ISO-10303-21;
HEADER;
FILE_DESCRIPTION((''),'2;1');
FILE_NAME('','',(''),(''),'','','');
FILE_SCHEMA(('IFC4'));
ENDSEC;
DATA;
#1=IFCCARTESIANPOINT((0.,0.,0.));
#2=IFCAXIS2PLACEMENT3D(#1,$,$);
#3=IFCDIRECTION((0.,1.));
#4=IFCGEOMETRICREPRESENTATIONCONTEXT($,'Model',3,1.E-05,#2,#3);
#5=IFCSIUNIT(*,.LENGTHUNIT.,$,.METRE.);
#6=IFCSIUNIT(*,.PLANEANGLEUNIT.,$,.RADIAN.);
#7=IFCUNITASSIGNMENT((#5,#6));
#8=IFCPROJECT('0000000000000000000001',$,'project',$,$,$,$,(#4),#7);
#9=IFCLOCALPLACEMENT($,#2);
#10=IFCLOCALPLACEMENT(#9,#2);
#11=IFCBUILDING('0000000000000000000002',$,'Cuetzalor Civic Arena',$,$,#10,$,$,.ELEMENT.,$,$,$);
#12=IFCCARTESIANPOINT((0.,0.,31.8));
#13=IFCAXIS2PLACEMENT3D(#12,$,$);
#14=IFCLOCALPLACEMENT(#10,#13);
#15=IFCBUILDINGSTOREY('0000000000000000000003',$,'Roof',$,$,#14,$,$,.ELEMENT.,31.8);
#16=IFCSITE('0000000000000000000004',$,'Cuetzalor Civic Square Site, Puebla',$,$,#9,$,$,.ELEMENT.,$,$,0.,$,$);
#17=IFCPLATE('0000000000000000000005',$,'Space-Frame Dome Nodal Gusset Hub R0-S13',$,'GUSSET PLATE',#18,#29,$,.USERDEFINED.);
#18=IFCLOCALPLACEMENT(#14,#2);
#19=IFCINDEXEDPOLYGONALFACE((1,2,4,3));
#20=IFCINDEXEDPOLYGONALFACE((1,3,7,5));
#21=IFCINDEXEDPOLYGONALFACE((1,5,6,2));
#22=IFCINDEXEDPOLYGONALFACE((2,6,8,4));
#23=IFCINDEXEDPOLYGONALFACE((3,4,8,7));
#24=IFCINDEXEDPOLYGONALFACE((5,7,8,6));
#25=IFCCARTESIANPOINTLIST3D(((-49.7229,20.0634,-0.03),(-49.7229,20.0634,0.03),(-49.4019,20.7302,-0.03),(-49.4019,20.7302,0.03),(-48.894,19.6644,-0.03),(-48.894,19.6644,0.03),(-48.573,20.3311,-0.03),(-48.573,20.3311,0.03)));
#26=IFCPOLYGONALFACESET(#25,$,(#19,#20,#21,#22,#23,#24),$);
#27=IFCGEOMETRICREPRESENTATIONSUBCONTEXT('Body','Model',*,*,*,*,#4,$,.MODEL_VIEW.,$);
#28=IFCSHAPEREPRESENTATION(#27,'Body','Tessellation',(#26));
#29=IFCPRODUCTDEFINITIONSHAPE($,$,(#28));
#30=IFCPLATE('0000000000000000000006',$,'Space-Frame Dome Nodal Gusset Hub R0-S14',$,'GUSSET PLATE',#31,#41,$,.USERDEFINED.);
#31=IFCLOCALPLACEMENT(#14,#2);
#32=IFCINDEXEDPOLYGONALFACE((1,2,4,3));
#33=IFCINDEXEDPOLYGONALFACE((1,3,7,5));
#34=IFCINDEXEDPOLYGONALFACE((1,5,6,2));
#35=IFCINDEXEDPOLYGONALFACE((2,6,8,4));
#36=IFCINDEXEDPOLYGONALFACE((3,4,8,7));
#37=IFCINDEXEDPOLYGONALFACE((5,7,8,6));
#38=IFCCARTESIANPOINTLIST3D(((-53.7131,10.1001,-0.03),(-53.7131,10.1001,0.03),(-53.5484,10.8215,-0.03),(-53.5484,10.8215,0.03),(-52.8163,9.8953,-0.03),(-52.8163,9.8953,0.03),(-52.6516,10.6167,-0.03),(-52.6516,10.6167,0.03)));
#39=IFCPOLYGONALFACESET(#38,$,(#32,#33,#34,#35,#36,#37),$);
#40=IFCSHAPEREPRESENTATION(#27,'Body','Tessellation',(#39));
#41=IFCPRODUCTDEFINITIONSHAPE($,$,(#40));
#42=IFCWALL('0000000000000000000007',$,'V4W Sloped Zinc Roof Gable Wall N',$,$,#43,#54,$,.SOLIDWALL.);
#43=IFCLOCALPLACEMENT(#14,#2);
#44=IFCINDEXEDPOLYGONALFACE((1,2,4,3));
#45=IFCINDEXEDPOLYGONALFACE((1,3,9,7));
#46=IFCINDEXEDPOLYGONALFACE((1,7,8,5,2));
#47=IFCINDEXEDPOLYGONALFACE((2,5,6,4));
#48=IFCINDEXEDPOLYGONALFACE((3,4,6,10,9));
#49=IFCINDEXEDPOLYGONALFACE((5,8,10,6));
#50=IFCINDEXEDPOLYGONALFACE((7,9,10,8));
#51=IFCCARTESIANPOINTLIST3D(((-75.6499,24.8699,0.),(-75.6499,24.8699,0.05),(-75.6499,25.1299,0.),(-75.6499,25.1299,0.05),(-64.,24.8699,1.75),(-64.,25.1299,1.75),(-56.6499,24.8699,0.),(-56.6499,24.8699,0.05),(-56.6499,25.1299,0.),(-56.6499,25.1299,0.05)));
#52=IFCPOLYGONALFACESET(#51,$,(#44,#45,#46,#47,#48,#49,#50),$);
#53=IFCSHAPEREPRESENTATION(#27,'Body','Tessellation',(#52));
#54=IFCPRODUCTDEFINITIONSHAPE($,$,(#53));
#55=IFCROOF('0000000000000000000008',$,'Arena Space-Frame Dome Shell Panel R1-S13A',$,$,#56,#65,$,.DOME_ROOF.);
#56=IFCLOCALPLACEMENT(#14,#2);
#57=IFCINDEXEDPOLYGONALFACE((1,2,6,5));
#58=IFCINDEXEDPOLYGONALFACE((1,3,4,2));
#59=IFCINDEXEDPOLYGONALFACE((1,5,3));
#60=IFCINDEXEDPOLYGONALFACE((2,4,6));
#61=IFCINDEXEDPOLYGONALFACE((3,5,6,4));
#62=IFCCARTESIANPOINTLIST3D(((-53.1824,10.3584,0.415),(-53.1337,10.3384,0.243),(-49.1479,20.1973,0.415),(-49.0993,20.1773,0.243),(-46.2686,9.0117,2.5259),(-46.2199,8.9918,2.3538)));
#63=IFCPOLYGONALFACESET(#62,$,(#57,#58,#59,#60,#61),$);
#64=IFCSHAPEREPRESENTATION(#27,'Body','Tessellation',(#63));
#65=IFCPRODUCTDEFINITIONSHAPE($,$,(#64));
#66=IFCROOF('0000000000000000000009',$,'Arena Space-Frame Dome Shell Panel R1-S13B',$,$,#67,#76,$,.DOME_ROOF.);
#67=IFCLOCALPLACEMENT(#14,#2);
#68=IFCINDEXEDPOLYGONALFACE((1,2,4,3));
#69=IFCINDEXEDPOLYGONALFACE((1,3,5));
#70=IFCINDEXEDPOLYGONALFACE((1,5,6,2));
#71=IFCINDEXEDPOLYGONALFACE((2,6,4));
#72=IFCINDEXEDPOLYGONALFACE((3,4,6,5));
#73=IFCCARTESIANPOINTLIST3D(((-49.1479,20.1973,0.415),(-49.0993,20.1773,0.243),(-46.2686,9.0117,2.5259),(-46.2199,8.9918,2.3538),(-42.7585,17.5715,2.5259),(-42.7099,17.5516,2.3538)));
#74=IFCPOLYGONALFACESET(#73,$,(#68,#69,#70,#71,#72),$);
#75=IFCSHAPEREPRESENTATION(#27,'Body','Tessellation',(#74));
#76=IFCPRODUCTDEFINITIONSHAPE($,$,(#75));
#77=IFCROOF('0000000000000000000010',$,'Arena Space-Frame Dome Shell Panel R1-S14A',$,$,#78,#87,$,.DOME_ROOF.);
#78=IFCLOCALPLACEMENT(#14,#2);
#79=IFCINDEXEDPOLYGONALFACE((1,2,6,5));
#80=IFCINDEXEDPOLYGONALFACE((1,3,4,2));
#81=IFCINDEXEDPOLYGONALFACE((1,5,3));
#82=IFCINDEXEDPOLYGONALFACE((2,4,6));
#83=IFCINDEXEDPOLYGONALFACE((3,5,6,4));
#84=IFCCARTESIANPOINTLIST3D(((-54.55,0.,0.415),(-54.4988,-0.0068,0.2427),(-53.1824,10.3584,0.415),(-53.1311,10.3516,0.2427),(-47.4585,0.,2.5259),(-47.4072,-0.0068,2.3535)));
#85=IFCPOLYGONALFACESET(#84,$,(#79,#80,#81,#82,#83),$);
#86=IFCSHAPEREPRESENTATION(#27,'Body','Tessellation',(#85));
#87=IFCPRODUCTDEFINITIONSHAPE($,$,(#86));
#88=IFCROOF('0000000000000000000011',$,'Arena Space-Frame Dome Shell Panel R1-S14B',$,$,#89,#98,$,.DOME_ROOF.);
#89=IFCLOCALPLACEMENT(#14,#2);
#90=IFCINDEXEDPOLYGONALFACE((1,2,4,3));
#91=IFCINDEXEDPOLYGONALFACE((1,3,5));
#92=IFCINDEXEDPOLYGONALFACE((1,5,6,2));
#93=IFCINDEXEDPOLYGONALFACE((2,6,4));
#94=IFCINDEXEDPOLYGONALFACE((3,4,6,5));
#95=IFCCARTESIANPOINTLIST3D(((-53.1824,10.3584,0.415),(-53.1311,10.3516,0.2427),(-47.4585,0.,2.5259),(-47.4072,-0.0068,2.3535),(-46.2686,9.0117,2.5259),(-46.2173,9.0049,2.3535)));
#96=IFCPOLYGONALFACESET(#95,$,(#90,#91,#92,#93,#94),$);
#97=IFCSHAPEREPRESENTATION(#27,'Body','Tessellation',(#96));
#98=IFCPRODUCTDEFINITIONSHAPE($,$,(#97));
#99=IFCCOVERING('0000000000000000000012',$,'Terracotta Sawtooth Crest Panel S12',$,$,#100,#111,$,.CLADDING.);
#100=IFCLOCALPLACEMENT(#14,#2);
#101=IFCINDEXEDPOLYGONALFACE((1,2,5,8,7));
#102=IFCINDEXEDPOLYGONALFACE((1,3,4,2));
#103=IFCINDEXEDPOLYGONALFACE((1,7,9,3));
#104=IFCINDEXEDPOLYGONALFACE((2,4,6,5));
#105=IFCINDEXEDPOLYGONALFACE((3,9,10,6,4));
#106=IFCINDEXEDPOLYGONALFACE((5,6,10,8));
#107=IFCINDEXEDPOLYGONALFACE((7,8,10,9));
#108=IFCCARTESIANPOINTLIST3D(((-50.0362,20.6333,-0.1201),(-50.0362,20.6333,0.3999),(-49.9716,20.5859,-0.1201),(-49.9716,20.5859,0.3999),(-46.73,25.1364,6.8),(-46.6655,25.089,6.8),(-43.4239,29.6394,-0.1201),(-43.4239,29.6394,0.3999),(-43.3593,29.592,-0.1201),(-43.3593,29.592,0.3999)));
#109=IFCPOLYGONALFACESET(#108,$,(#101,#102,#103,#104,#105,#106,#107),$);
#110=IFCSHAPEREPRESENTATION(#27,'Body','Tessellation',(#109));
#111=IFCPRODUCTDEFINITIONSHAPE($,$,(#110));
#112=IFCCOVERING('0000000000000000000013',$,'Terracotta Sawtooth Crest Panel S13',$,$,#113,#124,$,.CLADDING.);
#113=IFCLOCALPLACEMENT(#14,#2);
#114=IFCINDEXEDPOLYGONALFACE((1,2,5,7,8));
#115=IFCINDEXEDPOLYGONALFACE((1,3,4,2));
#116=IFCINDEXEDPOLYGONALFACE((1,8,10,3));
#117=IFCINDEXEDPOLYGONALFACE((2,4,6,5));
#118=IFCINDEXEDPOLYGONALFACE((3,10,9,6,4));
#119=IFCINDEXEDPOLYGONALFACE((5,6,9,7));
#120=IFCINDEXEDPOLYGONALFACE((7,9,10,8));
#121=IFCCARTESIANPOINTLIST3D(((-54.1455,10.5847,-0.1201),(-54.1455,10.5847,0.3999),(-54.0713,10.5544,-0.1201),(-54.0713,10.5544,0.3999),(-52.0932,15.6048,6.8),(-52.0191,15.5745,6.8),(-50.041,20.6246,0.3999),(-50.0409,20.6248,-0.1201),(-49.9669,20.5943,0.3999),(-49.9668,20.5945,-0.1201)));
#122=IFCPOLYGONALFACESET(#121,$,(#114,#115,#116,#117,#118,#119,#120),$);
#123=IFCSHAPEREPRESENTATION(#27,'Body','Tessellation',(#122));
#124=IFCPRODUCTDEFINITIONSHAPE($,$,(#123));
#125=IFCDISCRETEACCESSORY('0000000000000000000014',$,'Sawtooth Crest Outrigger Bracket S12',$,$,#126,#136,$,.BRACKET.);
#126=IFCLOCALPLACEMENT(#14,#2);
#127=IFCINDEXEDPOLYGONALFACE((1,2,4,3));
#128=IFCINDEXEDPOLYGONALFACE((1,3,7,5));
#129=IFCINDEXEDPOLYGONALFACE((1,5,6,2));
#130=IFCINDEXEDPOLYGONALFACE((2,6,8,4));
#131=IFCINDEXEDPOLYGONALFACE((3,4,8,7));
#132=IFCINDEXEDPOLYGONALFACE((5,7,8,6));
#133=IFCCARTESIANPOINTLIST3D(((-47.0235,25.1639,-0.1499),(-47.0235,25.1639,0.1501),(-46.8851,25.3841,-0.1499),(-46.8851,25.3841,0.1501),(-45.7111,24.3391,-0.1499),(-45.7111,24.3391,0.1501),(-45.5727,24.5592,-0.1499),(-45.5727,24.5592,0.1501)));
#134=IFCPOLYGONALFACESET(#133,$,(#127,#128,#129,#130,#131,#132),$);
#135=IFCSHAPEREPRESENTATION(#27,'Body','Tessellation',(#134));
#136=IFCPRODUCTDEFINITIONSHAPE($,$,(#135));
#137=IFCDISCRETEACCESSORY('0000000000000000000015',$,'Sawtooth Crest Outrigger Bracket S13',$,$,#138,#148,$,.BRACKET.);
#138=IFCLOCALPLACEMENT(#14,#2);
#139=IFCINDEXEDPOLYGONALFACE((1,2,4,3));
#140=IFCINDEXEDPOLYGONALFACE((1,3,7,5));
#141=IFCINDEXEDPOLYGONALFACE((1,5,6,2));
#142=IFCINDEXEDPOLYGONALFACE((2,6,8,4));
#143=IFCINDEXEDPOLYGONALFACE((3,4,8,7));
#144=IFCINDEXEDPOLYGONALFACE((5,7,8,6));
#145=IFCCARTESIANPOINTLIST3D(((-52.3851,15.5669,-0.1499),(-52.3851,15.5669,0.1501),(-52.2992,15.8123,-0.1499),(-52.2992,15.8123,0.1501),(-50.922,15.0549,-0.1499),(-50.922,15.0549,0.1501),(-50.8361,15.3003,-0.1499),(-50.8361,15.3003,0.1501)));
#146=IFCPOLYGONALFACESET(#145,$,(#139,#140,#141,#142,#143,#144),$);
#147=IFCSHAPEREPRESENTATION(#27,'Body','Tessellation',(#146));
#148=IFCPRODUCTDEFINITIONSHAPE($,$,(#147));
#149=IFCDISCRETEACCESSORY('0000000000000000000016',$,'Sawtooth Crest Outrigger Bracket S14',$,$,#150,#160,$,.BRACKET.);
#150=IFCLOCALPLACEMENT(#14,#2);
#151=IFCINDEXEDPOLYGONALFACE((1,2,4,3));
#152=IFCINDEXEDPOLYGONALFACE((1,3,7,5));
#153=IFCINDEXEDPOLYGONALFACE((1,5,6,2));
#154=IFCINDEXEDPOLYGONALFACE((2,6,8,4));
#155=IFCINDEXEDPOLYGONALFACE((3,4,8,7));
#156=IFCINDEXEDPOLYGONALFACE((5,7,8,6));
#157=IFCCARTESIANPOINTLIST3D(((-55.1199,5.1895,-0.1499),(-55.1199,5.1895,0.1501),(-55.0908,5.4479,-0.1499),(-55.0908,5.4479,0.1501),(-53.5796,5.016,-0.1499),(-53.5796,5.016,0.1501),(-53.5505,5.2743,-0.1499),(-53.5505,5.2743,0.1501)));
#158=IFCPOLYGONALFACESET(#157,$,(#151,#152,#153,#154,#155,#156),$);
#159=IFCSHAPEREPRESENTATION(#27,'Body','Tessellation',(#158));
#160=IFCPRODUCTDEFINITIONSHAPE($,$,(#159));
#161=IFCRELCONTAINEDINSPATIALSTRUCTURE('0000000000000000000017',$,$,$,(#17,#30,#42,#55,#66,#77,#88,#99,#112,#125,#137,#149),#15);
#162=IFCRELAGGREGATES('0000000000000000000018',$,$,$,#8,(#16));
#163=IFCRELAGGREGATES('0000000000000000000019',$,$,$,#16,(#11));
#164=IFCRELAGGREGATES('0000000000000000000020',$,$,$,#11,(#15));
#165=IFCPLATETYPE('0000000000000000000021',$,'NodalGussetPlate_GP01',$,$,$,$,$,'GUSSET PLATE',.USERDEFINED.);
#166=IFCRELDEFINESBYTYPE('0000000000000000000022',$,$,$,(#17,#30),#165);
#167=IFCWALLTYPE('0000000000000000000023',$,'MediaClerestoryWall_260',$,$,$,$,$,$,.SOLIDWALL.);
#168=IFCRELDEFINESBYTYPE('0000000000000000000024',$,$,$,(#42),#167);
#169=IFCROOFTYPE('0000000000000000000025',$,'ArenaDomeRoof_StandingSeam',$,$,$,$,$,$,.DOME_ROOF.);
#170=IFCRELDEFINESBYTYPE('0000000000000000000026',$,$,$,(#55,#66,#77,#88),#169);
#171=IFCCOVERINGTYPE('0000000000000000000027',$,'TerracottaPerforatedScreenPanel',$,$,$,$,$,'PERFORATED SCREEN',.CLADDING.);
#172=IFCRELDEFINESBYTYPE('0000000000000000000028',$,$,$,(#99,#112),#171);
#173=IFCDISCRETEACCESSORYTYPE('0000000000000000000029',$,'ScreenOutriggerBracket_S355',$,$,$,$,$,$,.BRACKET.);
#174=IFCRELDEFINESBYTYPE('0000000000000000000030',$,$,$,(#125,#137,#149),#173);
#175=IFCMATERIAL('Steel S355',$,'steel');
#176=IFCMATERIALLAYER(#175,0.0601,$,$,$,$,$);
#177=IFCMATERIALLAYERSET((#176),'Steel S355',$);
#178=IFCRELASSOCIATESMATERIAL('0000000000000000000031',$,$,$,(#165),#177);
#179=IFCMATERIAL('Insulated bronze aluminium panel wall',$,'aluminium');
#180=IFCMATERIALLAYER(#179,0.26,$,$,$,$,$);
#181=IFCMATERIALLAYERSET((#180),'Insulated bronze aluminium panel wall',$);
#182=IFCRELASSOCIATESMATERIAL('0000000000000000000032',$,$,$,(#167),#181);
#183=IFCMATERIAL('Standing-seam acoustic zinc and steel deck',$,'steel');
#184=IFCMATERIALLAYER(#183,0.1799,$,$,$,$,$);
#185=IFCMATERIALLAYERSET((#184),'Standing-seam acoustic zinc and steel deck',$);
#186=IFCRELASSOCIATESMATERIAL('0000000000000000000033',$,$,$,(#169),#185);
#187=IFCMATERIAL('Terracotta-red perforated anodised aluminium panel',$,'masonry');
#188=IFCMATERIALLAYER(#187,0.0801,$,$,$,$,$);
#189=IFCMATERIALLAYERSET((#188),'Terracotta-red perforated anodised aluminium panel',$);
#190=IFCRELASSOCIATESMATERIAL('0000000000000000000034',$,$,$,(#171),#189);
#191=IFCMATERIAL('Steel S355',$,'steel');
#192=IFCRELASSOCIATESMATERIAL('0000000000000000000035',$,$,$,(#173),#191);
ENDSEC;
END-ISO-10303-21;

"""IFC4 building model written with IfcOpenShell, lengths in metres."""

from ifc_helpers import new_model, si_unit, direction, frame, origin, origin_2d, place, context, subcontext, project, spatial, polyline, rectangle, outline, extrude, material, layer, layer_set, type_object, element, save


model = new_model("IFC4")

# Units and contexts
model_context = context("Model", 3, precision=1e-05, world=origin(), true_north=direction((0.0, 1.0)))
body_context = subcontext(model_context, "Body", "Model", "MODEL_VIEW")
ifc_project = project(units=[si_unit("LENGTHUNIT", "METRE"), si_unit("PLANEANGLEUNIT", "RADIAN")], contexts=[model_context])

# Site, building, storey
site_placement = place(None, origin())
site = spatial("IfcSite", under=ifc_project, at=site_placement, Name="Cuetzalor Civic Square Site, Puebla", CompositionType="ELEMENT", RefElevation=0.0)
building_placement = place(site_placement, origin())
building = spatial("IfcBuilding", under=site, at=building_placement, Name="Cuetzalor Civic Arena", CompositionType="ELEMENT")
storey_placement = place(building_placement, frame((0.0, 0.0, 31.8)))
storey = spatial("IfcBuildingStorey", under=building, at=storey_placement, Name="Roof", CompositionType="ELEMENT", Elevation=31.8)

# Plates
ifc_material_1 = material(Name="Steel S355", Category="steel")
ifc_layer_1 = layer(ifc_material_1, 0.0601)
ifc_layer_set_1 = layer_set([ifc_layer_1], Name="Steel S355")
plate_type = type_object("IfcPlateType", Name="NodalGussetPlate_GP01", ElementType="GUSSET PLATE", PredefinedType="USERDEFINED", material=ifc_layer_set_1)
for number, where, z_axis, x_axis, name in (
    (1, (-49.1479, 20.1973, -0.03), (0.0, 0.0, 1.0), (-0.901001, 0.433816, 0.0), "Space-Frame Dome Nodal Gusset Hub R0-S13"),
    (2, (-53.1824, 10.3584, -0.03), (0.0, 0.0, 1.0), (-0.974917, 0.22257, 0.0), "Space-Frame Dome Nodal Gusset Hub R0-S14"),
):
    element("IfcPlate", number, at=place(storey_placement, frame(where, z_axis=z_axis, x_axis=x_axis)), inside=storey, type_object=plate_type, Name=name, ObjectType="GUSSET PLATE", PredefinedType="USERDEFINED", context=body_context, shape_type="SweptSolid", body=[
        extrude(rectangle(XDim=0.9199, YDim=0.74, at=origin_2d()), origin(), (0.0, 0.0, 1.0), 0.0601),
    ])

# Wall
ifc_material_2 = material(Name="Insulated bronze aluminium panel wall", Category="aluminium")
ifc_layer_2 = layer(ifc_material_2, 0.26)
ifc_layer_set_2 = layer_set([ifc_layer_2], Name="Insulated bronze aluminium panel wall")
wall_type = type_object("IfcWallType", Name="MediaClerestoryWall_260", PredefinedType="SOLIDWALL", material=ifc_layer_set_2)
wall_placement = place(storey_placement, frame((-75.6499, 25.0, 0.0), z_axis=(0.0, 0.0, 1.0), x_axis=(1.0, 0.0, 0.0)))
element("IfcWall", 3, at=wall_placement, inside=storey, type_object=wall_type, Name="V4W Sloped Zinc Roof Gable Wall N", PredefinedType="SOLIDWALL", context=body_context, shape_type="SweptSolid", body=[
    extrude(outline(polyline([(0.0, 0.0), (19.0, 0.0), (19.0, 0.05), (11.6499, 1.75), (0.0, 0.05), (0.0, 0.0)])), frame((0.0, 0.1299, 0.0), z_axis=(0.0, -1.0, 0.0), x_axis=(1.0, 0.0, 0.0)), (0.0, 0.0, 1.0), 0.26),
])

# Roofs
ifc_material_3 = material(Name="Standing-seam acoustic zinc and steel deck", Category="steel")
ifc_layer_3 = layer(ifc_material_3, 0.1799)
ifc_layer_set_3 = layer_set([ifc_layer_3], Name="Standing-seam acoustic zinc and steel deck")
roof_type = type_object("IfcRoofType", Name="ArenaDomeRoof_StandingSeam", PredefinedType="DOME_ROOF", material=ifc_layer_set_3)
roof_1_placement = place(storey_placement, frame((-49.1479, 20.1973, 0.415), z_axis=(-0.270384, 0.110871, 0.956347), x_axis=(-0.379393, -0.925236, 0.0)))
element("IfcRoof", 4, at=roof_1_placement, inside=storey, type_object=roof_type, Name="Arena Space-Frame Dome Shell Panel R1-S13A", PredefinedType="DOME_ROOF", context=body_context, shape_type="SweptSolid", body=[
    extrude(outline(polyline([(0.0, 0.0), (10.6339, 0.0), (9.2568, 7.2231), (0.0, 0.0)])), origin(), (0.0, 0.0, -1.0), 0.1799),
])
roof_2_placement = place(storey_placement, frame((-49.1479, 20.1973, 0.415), z_axis=(-0.270382, 0.110872, 0.956348), x_axis=(0.245232, -0.95265, 0.179776)))
element("IfcRoof", 5, at=roof_2_placement, inside=storey, type_object=roof_type, Name="Arena Space-Frame Dome Shell Panel R1-S13B", PredefinedType="DOME_ROOF", context=body_context, shape_type="SweptSolid", body=[
    extrude(outline(polyline([(0.0, 0.0), (11.7415, 0.0), (4.4478, 5.6914), (0.0, 0.0)])), origin(), (0.0, 0.0, -1.0), 0.1799),
])
roof_3_placement = place(storey_placement, frame((-53.1824, 10.3584, 0.415), z_axis=(-0.285084, 0.037641, 0.957763), x_axis=(-0.130899, -0.991396, 0.0)))
element("IfcRoof", 6, at=roof_3_placement, inside=storey, type_object=roof_type, Name="Arena Space-Frame Dome Shell Panel R1-S14A", PredefinedType="DOME_ROOF", context=body_context, shape_type="SweptSolid", body=[
    extrude(outline(polyline([(0.0, 0.0), (10.4483, 0.0), (9.52, 7.3406), (0.0, 0.0)])), origin(), (0.0, 0.0, -1.0), 0.1799),
])
roof_4_placement = place(storey_placement, frame((-53.1824, 10.3584, 0.415), z_axis=(-0.28508, 0.037643, 0.957764), x_axis=(0.476139, -0.861661, 0.17559)))
element("IfcRoof", 7, at=roof_4_placement, inside=storey, type_object=roof_type, Name="Arena Space-Frame Dome Shell Panel R1-S14B", PredefinedType="DOME_ROOF", context=body_context, shape_type="SweptSolid", body=[
    extrude(outline(polyline([(0.0, 0.0), (12.0214, 0.0), (4.823, 5.5506), (0.0, 0.0)])), origin(), (0.0, 0.0, -1.0), 0.1799),
])

# Coverings
ifc_material_4 = material(Name="Terracotta-red perforated anodised aluminium panel", Category="masonry")
ifc_layer_4 = layer(ifc_material_4, 0.0801)
ifc_layer_set_4 = layer_set([ifc_layer_4], Name="Terracotta-red perforated anodised aluminium panel")
covering_type = type_object("IfcCoveringType", Name="TerracottaPerforatedScreenPanel", ElementType="PERFORATED SCREEN", PredefinedType="CLADDING", material=ifc_layer_set_4)
covering_1_placement = place(storey_placement, frame((-50.0039, 20.6096, -0.1201), z_axis=(0.0, 0.0, 1.0), x_axis=(0.591819, 0.806071, 0.0)))
element("IfcCovering", 8, at=covering_1_placement, inside=storey, type_object=covering_type, Name="Terracotta Sawtooth Crest Panel S12", PredefinedType="CLADDING", context=body_context, shape_type="SweptSolid", body=[
    extrude(outline(polyline([(0.0, 0.0), (11.1729, 0.0), (11.1729, 0.52), (5.5864, 6.9202), (0.0, 0.52), (0.0, 0.0)])), frame((0.0, 0.04, 0.0), z_axis=(0.0, -1.0, 0.0), x_axis=(1.0, 0.0, 0.0)), (0.0, 0.0, 1.0), 0.0801),
])
covering_2_placement = place(storey_placement, frame((-54.1084, 10.5696, -0.1201), z_axis=(0.0, 0.0, 1.0), x_axis=(0.378412, 0.925637, 0.0)))
element("IfcCovering", 9, at=covering_2_placement, inside=storey, type_object=covering_type, Name="Terracotta Sawtooth Crest Panel S13", PredefinedType="CLADDING", context=body_context, shape_type="SweptSolid", body=[
    extrude(outline(polyline([(0.0, 0.0), (10.8467, 0.0), (10.8464, 0.52), (5.4233, 6.9202), (0.0, 0.52), (0.0, 0.0)])), frame((0.0, 0.04, 0.0), z_axis=(0.0, -1.0, 0.0), x_axis=(1.0, 0.0, 0.0)), (0.0, 0.0, 1.0), 0.0801),
])

# Discrete accessories
ifc_material_5 = material(Name="Steel S355", Category="steel")
discrete_accessory_type = type_object("IfcDiscreteAccessoryType", Name="ScreenOutriggerBracket_S355", PredefinedType="BRACKET", material=ifc_material_5)
for number, where, z_axis, x_axis, name in (
    (10, (-46.2981, 24.8616, -0.1499), (0.0, 0.0, 1.0), (-0.846658, 0.532138, 0.0), "Sawtooth Crest Outrigger Bracket S12"),
    (11, (-51.6106, 15.4336, -0.1499), (0.0, 0.0, 1.0), (-0.943859, 0.33035, 0.0), "Sawtooth Crest Outrigger Bracket S13"),
    (12, (-54.3352, 5.2319, -0.1499), (0.0, 0.0, 1.0), (-0.993709, 0.111989, 0.0), "Sawtooth Crest Outrigger Bracket S14"),
):
    element("IfcDiscreteAccessory", number, at=place(storey_placement, frame(where, z_axis=z_axis, x_axis=x_axis)), inside=storey, type_object=discrete_accessory_type, Name=name, PredefinedType="BRACKET", context=body_context, shape_type="SweptSolid", body=[
        extrude(rectangle(XDim=1.55, YDim=0.26, at=origin_2d()), origin(), (0.0, 0.0, 1.0), 0.3),
    ])

save(model, "model.ifc")
